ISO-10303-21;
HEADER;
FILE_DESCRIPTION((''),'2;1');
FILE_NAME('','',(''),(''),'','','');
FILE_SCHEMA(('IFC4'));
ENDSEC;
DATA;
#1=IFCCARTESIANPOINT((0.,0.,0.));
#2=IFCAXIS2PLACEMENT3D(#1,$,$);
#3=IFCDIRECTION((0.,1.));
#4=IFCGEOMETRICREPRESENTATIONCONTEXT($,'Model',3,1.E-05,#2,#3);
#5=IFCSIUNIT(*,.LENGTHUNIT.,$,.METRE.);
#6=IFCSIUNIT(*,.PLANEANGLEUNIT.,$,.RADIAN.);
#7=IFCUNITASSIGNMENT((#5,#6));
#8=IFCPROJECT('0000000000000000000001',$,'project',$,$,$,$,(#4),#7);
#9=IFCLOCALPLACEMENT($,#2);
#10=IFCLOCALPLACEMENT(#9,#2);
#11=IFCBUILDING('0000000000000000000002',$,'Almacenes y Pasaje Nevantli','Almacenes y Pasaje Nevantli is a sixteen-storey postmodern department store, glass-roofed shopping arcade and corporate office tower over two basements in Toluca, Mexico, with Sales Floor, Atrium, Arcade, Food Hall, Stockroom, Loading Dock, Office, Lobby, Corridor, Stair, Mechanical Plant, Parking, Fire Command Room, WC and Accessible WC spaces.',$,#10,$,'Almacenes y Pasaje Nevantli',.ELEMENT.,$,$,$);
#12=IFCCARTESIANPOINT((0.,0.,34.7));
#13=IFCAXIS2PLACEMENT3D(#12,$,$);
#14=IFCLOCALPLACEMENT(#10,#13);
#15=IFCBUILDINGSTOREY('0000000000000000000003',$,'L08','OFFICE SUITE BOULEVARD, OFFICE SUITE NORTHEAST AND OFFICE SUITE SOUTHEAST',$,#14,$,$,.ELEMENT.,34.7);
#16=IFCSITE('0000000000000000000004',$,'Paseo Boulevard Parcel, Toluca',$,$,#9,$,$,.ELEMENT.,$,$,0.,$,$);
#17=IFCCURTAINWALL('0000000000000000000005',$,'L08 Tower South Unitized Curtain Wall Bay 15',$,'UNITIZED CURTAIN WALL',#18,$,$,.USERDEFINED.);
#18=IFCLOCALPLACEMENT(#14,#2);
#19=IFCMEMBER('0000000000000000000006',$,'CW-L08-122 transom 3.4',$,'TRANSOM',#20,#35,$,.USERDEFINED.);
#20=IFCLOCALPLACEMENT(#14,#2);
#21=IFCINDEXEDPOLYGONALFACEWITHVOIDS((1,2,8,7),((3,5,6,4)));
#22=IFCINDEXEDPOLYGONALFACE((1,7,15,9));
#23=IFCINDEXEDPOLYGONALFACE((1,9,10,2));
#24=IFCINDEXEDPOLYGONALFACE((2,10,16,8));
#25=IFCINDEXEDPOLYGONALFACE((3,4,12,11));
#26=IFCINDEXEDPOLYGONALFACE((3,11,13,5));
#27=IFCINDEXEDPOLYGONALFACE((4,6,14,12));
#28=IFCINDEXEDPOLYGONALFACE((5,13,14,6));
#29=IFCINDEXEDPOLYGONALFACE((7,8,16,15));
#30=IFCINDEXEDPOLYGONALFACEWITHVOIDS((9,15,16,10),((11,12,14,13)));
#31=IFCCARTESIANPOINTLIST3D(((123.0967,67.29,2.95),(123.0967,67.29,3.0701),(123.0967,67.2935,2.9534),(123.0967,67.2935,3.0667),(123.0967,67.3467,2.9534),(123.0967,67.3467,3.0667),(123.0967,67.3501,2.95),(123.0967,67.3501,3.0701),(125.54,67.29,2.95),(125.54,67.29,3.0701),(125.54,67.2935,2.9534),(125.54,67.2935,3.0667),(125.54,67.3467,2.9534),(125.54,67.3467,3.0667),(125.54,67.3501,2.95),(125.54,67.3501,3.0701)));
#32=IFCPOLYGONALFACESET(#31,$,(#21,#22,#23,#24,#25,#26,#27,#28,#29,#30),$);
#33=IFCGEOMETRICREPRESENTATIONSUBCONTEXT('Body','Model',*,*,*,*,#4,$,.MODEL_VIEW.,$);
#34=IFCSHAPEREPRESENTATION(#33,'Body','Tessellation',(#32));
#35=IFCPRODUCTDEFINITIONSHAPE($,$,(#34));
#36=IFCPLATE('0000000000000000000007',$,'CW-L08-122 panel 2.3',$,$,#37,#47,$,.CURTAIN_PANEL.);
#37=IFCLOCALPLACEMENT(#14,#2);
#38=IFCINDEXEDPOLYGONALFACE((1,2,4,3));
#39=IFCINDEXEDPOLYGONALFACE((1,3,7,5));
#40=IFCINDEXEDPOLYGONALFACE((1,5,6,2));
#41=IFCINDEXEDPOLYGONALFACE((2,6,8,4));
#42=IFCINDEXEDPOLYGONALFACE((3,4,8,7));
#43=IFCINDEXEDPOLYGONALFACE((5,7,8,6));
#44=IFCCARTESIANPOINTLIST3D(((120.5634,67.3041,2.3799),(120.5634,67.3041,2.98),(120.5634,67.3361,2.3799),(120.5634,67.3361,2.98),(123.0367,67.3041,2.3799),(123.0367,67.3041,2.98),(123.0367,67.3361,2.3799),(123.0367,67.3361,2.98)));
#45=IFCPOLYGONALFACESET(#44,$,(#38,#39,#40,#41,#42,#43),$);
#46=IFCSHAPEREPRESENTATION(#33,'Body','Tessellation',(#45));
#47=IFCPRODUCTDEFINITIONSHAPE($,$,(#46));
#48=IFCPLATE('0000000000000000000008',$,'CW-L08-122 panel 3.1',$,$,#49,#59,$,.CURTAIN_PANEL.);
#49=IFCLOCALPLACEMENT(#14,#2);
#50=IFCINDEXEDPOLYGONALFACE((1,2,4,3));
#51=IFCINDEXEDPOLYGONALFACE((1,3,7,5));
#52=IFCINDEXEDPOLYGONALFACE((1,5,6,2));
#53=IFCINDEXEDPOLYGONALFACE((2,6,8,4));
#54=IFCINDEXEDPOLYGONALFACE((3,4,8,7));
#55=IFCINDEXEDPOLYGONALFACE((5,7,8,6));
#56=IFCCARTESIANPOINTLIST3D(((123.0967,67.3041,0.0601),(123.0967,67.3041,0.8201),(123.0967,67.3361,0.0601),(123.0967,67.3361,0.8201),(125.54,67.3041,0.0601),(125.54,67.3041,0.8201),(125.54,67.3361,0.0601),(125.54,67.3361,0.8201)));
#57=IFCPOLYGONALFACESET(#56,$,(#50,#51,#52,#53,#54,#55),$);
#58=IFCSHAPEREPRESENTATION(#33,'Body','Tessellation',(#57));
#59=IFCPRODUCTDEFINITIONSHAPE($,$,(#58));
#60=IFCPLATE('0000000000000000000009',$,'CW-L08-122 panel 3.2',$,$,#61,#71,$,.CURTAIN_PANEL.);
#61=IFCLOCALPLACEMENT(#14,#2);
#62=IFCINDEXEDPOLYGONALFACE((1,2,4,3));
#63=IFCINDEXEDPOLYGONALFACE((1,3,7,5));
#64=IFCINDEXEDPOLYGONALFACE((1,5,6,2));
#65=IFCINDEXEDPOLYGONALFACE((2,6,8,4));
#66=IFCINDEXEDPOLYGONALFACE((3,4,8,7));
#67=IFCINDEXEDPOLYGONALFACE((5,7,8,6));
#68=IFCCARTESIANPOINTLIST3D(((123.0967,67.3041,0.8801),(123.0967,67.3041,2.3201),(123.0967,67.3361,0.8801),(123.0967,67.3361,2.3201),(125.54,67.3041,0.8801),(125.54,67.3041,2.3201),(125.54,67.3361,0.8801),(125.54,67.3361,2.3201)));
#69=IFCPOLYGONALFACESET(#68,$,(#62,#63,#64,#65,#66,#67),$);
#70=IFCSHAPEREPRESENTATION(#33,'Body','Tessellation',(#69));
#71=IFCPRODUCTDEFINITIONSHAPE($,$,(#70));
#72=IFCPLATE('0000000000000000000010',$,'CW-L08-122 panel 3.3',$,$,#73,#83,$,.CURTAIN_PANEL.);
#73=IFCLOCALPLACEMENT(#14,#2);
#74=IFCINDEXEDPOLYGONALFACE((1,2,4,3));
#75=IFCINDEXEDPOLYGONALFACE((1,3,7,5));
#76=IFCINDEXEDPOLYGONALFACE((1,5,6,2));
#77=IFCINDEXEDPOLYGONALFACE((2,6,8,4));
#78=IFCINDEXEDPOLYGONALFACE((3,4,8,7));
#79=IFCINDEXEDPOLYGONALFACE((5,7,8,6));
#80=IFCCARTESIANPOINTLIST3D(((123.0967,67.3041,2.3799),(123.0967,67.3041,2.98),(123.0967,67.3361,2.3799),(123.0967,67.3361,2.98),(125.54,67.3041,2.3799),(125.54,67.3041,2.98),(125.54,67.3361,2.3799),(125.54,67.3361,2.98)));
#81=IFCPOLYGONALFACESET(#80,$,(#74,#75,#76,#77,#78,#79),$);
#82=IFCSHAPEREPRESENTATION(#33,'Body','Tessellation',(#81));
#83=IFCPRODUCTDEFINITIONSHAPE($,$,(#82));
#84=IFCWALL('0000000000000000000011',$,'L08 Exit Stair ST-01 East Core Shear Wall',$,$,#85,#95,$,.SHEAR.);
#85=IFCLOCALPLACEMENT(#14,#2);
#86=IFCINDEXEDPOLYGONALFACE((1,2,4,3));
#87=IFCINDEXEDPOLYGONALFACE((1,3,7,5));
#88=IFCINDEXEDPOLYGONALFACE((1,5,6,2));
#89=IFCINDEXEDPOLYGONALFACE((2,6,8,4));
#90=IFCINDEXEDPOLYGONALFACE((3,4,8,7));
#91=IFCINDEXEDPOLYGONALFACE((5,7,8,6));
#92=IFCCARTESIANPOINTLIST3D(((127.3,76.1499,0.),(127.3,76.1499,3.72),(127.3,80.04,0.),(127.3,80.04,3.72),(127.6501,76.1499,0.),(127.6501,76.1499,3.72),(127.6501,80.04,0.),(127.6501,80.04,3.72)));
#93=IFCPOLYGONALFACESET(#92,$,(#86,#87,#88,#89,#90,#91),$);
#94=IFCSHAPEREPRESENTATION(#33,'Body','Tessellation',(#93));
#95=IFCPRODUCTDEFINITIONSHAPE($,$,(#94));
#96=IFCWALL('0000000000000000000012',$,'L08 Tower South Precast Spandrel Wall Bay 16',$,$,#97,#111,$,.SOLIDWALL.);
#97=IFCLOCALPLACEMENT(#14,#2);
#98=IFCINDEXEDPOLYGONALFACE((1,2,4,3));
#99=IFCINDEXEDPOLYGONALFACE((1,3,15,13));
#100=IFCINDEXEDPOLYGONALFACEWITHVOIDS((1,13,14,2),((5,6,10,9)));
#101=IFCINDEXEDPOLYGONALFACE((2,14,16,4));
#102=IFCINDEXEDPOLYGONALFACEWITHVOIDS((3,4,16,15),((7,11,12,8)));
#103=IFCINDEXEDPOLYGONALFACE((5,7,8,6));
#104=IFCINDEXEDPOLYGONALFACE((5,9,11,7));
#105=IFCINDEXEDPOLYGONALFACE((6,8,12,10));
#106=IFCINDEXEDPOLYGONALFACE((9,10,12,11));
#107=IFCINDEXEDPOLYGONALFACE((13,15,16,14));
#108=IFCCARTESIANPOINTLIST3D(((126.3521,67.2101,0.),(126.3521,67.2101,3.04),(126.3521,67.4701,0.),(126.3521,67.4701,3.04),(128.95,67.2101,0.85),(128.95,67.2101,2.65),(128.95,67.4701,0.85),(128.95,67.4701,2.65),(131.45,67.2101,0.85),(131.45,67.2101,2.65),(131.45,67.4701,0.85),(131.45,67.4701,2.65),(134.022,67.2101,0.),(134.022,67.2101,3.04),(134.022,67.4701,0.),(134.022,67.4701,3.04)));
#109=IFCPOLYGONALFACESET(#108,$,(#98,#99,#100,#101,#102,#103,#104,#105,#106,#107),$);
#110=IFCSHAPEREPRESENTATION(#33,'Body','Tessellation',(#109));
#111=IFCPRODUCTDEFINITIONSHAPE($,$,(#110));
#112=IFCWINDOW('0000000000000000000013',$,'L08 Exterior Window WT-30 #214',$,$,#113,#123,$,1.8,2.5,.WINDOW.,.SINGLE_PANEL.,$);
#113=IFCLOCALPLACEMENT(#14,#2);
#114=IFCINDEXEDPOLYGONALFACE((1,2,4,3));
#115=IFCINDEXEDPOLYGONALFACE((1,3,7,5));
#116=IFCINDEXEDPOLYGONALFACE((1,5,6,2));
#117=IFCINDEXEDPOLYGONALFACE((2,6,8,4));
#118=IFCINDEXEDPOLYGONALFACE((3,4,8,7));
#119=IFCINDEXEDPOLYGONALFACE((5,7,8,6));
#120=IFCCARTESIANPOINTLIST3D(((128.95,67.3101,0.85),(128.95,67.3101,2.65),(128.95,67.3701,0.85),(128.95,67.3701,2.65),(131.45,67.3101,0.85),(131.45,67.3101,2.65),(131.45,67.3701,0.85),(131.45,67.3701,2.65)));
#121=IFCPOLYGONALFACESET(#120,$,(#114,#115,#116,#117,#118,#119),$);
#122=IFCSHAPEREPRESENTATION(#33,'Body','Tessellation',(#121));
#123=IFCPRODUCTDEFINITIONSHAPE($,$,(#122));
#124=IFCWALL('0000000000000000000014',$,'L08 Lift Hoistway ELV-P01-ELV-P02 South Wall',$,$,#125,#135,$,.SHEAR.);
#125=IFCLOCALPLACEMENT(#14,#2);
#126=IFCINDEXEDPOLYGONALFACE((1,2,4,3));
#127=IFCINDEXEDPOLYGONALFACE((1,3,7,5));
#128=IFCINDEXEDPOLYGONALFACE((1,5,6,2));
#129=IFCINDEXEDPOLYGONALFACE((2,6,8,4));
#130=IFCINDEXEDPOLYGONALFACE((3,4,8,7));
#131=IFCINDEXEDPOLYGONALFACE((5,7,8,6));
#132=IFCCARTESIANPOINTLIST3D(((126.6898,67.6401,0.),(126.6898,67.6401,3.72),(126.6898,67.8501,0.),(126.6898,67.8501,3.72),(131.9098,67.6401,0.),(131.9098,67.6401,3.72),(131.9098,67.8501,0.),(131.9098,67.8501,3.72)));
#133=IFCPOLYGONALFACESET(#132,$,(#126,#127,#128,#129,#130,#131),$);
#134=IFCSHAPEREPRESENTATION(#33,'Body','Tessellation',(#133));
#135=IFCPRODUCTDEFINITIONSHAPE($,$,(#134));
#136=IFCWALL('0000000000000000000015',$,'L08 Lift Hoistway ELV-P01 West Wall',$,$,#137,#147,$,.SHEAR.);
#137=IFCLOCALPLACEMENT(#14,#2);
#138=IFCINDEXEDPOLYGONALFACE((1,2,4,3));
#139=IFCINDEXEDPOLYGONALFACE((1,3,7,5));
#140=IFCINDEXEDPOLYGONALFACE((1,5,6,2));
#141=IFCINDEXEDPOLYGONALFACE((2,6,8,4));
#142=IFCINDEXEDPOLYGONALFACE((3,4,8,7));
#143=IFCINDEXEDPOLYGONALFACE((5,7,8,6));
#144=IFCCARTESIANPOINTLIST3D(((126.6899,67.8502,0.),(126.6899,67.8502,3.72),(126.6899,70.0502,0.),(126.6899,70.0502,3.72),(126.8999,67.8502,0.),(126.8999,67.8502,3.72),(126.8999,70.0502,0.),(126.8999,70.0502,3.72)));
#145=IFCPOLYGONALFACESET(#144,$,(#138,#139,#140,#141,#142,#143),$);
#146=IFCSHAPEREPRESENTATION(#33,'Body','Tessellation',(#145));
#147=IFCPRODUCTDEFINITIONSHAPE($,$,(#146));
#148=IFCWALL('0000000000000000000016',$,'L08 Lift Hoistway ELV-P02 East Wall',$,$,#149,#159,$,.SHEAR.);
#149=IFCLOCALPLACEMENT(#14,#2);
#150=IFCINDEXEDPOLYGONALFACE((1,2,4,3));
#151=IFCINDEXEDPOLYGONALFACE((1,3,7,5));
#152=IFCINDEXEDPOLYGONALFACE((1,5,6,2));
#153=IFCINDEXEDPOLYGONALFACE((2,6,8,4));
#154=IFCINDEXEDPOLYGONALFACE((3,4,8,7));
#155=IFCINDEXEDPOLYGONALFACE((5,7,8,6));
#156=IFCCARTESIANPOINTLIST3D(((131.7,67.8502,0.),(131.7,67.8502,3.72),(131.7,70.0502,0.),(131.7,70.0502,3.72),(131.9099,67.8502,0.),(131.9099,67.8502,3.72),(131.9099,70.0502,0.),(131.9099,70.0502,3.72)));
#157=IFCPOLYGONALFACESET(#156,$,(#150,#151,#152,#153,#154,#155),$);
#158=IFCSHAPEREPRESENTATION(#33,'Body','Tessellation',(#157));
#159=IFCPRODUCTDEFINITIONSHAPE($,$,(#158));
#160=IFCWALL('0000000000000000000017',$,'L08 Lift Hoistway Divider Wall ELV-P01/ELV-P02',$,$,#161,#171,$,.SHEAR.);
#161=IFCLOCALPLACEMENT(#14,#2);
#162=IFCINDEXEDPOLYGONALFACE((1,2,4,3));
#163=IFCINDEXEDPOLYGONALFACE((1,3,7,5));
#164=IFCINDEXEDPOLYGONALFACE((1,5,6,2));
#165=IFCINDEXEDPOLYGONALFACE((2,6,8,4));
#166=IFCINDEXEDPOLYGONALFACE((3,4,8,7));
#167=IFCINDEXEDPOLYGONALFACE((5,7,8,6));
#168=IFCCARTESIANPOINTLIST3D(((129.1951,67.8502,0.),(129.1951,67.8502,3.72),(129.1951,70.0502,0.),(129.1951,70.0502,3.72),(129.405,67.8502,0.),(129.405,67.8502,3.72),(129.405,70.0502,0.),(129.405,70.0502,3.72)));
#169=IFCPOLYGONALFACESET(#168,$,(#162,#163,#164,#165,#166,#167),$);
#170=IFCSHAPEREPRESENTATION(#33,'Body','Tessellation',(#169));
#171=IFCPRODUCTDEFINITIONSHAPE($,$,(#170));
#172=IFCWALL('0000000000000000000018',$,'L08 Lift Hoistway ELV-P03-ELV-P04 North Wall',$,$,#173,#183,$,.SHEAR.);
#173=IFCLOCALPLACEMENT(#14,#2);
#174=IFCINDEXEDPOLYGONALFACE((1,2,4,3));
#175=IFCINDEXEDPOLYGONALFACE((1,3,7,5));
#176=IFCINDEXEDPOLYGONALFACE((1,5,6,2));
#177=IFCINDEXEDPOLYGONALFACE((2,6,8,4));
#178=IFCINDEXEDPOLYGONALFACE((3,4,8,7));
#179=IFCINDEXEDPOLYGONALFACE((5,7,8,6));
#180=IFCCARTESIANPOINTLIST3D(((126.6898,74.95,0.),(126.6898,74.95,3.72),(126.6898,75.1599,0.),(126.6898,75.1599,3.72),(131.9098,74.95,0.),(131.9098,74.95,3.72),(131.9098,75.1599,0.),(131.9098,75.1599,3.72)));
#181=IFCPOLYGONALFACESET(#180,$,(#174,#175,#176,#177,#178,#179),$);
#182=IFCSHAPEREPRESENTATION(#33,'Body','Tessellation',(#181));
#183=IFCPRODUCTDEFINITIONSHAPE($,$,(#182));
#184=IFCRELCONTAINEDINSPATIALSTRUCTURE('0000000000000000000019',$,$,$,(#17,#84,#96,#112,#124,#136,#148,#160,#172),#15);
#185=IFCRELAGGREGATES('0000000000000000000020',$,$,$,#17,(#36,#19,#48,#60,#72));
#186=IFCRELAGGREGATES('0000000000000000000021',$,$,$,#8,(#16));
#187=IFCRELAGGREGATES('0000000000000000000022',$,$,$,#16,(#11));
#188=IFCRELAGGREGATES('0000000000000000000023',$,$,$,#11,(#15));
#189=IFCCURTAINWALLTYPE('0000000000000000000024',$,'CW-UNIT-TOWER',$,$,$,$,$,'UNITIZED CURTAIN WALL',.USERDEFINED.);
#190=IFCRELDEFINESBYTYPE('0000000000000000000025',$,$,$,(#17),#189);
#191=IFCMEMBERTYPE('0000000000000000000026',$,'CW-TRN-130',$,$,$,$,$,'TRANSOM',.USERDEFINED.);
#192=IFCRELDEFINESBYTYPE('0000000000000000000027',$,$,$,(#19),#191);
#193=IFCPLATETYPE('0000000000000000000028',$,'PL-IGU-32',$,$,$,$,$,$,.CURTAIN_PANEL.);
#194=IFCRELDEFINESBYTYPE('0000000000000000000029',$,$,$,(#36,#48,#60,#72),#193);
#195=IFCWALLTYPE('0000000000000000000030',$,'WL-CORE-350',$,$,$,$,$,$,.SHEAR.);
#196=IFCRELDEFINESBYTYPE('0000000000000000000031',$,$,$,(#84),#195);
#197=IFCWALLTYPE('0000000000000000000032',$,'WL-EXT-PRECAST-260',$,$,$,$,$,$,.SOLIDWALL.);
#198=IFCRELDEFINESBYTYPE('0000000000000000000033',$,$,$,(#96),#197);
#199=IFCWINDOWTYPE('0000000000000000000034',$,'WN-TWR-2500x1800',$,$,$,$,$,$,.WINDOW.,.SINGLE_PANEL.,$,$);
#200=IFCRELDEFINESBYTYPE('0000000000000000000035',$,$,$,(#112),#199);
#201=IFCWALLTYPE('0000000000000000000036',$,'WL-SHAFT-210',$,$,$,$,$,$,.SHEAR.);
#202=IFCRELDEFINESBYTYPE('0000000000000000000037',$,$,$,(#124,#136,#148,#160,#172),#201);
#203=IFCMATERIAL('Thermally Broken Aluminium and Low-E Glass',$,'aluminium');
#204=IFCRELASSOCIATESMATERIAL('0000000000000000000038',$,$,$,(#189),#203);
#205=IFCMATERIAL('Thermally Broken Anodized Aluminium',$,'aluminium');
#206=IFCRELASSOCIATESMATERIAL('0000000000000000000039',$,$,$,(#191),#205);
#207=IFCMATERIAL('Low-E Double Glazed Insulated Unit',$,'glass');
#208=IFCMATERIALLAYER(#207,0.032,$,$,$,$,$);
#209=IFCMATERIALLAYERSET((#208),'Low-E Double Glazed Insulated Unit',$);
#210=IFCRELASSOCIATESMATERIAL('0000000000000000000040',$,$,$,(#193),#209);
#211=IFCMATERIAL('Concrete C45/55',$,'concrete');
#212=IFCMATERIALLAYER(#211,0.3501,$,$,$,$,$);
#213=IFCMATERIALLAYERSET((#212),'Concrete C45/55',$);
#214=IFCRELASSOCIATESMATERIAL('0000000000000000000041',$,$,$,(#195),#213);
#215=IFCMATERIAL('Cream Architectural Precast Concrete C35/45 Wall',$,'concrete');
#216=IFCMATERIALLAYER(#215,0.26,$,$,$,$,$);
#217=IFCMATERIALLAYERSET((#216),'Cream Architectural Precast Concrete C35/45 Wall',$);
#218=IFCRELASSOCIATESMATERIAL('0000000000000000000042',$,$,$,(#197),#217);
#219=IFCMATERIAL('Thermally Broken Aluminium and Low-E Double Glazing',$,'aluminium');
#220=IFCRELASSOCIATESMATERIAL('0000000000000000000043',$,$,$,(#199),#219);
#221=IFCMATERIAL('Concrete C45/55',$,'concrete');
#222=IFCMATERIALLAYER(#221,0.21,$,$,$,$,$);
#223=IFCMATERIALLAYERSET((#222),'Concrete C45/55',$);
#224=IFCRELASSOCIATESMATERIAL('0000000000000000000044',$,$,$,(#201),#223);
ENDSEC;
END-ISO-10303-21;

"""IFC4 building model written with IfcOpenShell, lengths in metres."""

from ifc_helpers import new_model, si_unit, direction, frame, frame_2d, origin, origin_2d, place, context, subcontext, project, spatial, rectangle, hollow_rectangle, extrude, material, layer, layer_set, material_profile, profile_set, type_object, element, fill, aggregate, save


model = new_model("IFC4")

# Units and contexts
model_context = context("Model", 3, precision=1e-05, world=origin(), true_north=direction((0.0, 1.0)))
body_context = subcontext(model_context, "Body", "Model", "MODEL_VIEW")
ifc_project = project(units=[si_unit("LENGTHUNIT", "METRE"), si_unit("PLANEANGLEUNIT", "RADIAN")], contexts=[model_context])

# Site, building, storey
site_placement = place(None, origin())
site = spatial("IfcSite", under=ifc_project, at=site_placement, Name="Paseo Boulevard Parcel, Toluca", CompositionType="ELEMENT", RefElevation=0.0)
building_placement = place(site_placement, origin())
building = spatial("IfcBuilding", under=site, at=building_placement, Name="Almacenes y Pasaje Nevantli", Description="Almacenes y Pasaje Nevantli is a sixteen-storey postmodern department store, glass-roofed shopping arcade and corporate office tower over two basements in Toluca, Mexico, with Sales Floor, Atrium, Arcade, Food Hall, Stockroom, Loading Dock, Office, Lobby, Corridor, Stair, Mechanical Plant, Parking, Fire Command Room, WC and Accessible WC spaces.", LongName="Almacenes y Pasaje Nevantli", CompositionType="ELEMENT")
storey_placement = place(building_placement, frame((0.0, 0.0, 34.7)))
storey = spatial("IfcBuildingStorey", under=building, at=storey_placement, Name="L08", Description="OFFICE SUITE BOULEVARD, OFFICE SUITE NORTHEAST AND OFFICE SUITE SOUTHEAST", CompositionType="ELEMENT", Elevation=34.7)

# Curtain wall, member, plates
ifc_material_1 = material(Name="Thermally Broken Aluminium and Low-E Glass", Category="aluminium")
curtain_wall_type = type_object("IfcCurtainWallType", Name="CW-UNIT-TOWER", ElementType="UNITIZED CURTAIN WALL", PredefinedType="USERDEFINED", material=ifc_material_1)
curtain_wall_placement = place(storey_placement, origin())
curtain_wall = element("IfcCurtainWall", 1, at=curtain_wall_placement, inside=storey, type_object=curtain_wall_type, Name="L08 Tower South Unitized Curtain Wall Bay 15", ObjectType="UNITIZED CURTAIN WALL", PredefinedType="USERDEFINED")
ifc_material_2 = material(Name="Thermally Broken Anodized Aluminium", Category="aluminium")
ifc_material_profile_1 = material_profile(ifc_material_2, hollow_rectangle(XDim=0.0601, YDim=0.1201, WallThickness=0.0034, at=origin_2d()), Name="ALU-TRN-60x120")
ifc_profile_set_1 = profile_set([ifc_material_profile_1], Name="Thermally Broken Anodized Aluminium")
member_type_1 = type_object("IfcMemberType", Name="CW-TRN-130", ElementType="TRANSOM", PredefinedType="USERDEFINED", material=ifc_profile_set_1)
member_1_placement = place(storey_placement, frame((123.0967, 67.3201, 3.01), z_axis=(1.0, 0.0, 0.0), x_axis=(0.0, 1.0, 0.0)))
member_1 = element("IfcMember", 2, at=member_1_placement, type_object=member_type_1, Name="CW-L08-122 transom 3.4", ObjectType="TRANSOM", PredefinedType="USERDEFINED", context=body_context, shape_type="SweptSolid", body=[
    extrude(hollow_rectangle(XDim=0.0601, YDim=0.1201, WallThickness=0.0034, at=origin_2d()), origin(), (0.0, 0.0, 1.0), 2.4434),
])
ifc_material_3 = material(Name="Low-E Double Glazed Insulated Unit", Category="glass")
ifc_layer_1 = layer(ifc_material_3, 0.032)
ifc_layer_set_1 = layer_set([ifc_layer_1], Name="Low-E Double Glazed Insulated Unit")
plate_type = type_object("IfcPlateType", Name="PL-IGU-32", PredefinedType="CURTAIN_PANEL", material=ifc_layer_set_1)
plate_1_placement = place(storey_placement, frame((121.8, 67.3201, 2.3799), z_axis=(0.0, 0.0, 1.0), x_axis=(1.0, 0.0, 0.0)))
plate_1 = element("IfcPlate", 3, at=plate_1_placement, type_object=plate_type, Name="CW-L08-122 panel 2.3", PredefinedType="CURTAIN_PANEL", context=body_context, shape_type="SweptSolid", body=[
    extrude(rectangle(XDim=2.4734, YDim=0.032, at=origin_2d()), origin(), (0.0, 0.0, 1.0), 0.6001),
])
plate_2_placement = place(storey_placement, frame((124.3184, 67.3201, 0.0601), z_axis=(0.0, 0.0, 1.0), x_axis=(1.0, 0.0, 0.0)))
plate_2 = element("IfcPlate", 4, at=plate_2_placement, type_object=plate_type, Name="CW-L08-122 panel 3.1", PredefinedType="CURTAIN_PANEL", context=body_context, shape_type="SweptSolid", body=[
    extrude(rectangle(XDim=2.4434, YDim=0.032, at=origin_2d()), origin(), (0.0, 0.0, 1.0), 0.76),
])
plate_3_placement = place(storey_placement, frame((124.3184, 67.3201, 0.8801), z_axis=(0.0, 0.0, 1.0), x_axis=(1.0, 0.0, 0.0)))
plate_3 = element("IfcPlate", 5, at=plate_3_placement, type_object=plate_type, Name="CW-L08-122 panel 3.2", PredefinedType="CURTAIN_PANEL", context=body_context, shape_type="SweptSolid", body=[
    extrude(rectangle(XDim=2.4434, YDim=0.032, at=origin_2d()), origin(), (0.0, 0.0, 1.0), 1.4399),
])
plate_4_placement = place(storey_placement, frame((124.3184, 67.3201, 2.3799), z_axis=(0.0, 0.0, 1.0), x_axis=(1.0, 0.0, 0.0)))
plate_4 = element("IfcPlate", 6, at=plate_4_placement, type_object=plate_type, Name="CW-L08-122 panel 3.3", PredefinedType="CURTAIN_PANEL", context=body_context, shape_type="SweptSolid", body=[
    extrude(rectangle(XDim=2.4434, YDim=0.032, at=origin_2d()), origin(), (0.0, 0.0, 1.0), 0.6001),
])
aggregate(curtain_wall, [plate_1, member_1, plate_2, plate_3, plate_4])

# Wall
ifc_material_4 = material(Name="Concrete C45/55", Category="concrete")
ifc_layer_2 = layer(ifc_material_4, 0.3501)
ifc_layer_set_2 = layer_set([ifc_layer_2], Name="Concrete C45/55")
wall_type_1 = type_object("IfcWallType", Name="WL-CORE-350", PredefinedType="SHEAR", material=ifc_layer_set_2)
wall_1_placement = place(storey_placement, frame((127.4751, 76.1499, 0.0), z_axis=(0.0, 0.0, 1.0), x_axis=(0.0, 1.0, 0.0)))
element("IfcWall", 7, at=wall_1_placement, inside=storey, type_object=wall_type_1, Name="L08 Exit Stair ST-01 East Core Shear Wall", PredefinedType="SHEAR", context=body_context, shape_type="SweptSolid", body=[
    extrude(rectangle(XDim=3.8901, YDim=0.3501, at=frame_2d((1.9451, 0.0))), origin(), (0.0, 0.0, 1.0), 3.72),
])

# Wall, opening, window
ifc_material_5 = material(Name="Cream Architectural Precast Concrete C35/45 Wall", Category="concrete")
ifc_layer_3 = layer(ifc_material_5, 0.26)
ifc_layer_set_3 = layer_set([ifc_layer_3], Name="Cream Architectural Precast Concrete C35/45 Wall")
wall_type_2 = type_object("IfcWallType", Name="WL-EXT-PRECAST-260", PredefinedType="SOLIDWALL", material=ifc_layer_set_3)
wall_2_placement = place(storey_placement, frame((126.3521, 67.3401, 0.0), z_axis=(0.0, 0.0, 1.0), x_axis=(1.0, 0.0, 0.0)))
wall_2 = element("IfcWall", 8, at=wall_2_placement, inside=storey, type_object=wall_type_2, Name="L08 Tower South Precast Spandrel Wall Bay 16", PredefinedType="SOLIDWALL", context=body_context, shape_type="SweptSolid", body=[
    extrude(rectangle(XDim=7.6699, YDim=0.26, at=frame_2d((3.835, 0.0))), origin(), (0.0, 0.0, 1.0), 3.04),
])
opening_1_placement = place(wall_2_placement, frame((2.5979, 0.0, 0.8501)))
opening_1 = element("IfcOpeningElement", 9, at=opening_1_placement, cuts=wall_2, PredefinedType="OPENING", context=body_context, shape_type="SweptSolid", body=[
    extrude(rectangle(XDim=2.5, YDim=1.8, at=frame_2d((1.25, 0.8999))), frame((0.0, 0.1399, 0.0), z_axis=(0.0, -1.0, 0.0), x_axis=(1.0, 0.0, 0.0)), (0.0, 0.0, 1.0), 0.28),
])
ifc_material_6 = material(Name="Thermally Broken Aluminium and Low-E Double Glazing", Category="aluminium")
window_type = type_object("IfcWindowType", Name="WN-TWR-2500x1800", PartitioningType="SINGLE_PANEL", PredefinedType="WINDOW", material=ifc_material_6)
window_placement = place(opening_1_placement, origin())
window = element("IfcWindow", 10, at=window_placement, inside=storey, type_object=window_type, Name="L08 Exterior Window WT-30 #214", OverallHeight=1.8, OverallWidth=2.5, PartitioningType="SINGLE_PANEL", PredefinedType="WINDOW", context=body_context, shape_type="SweptSolid", body=[
    extrude(rectangle(XDim=2.5, YDim=1.8, at=frame_2d((1.25, 0.8999))), frame((0.0, 0.03, 0.0), z_axis=(0.0, -1.0, 0.0), x_axis=(1.0, 0.0, 0.0)), (0.0, 0.0, 1.0), 0.0601),
])
fill(opening_1, window)

# Wall
ifc_material_7 = material(Name="Concrete C45/55", Category="concrete")
ifc_layer_4 = layer(ifc_material_7, 0.21)
ifc_layer_set_4 = layer_set([ifc_layer_4], Name="Concrete C45/55")
wall_type_3 = type_object("IfcWallType", Name="WL-SHAFT-210", PredefinedType="SHEAR", material=ifc_layer_set_4)
wall_3_placement = place(storey_placement, frame((126.6899, 67.7451, 0.0), z_axis=(0.0, 0.0, 1.0), x_axis=(1.0, 0.0, 0.0)))
element("IfcWall", 11, at=wall_3_placement, inside=storey, type_object=wall_type_3, Name="L08 Lift Hoistway ELV-P01-ELV-P02 South Wall", PredefinedType="SHEAR", context=body_context, shape_type="SweptSolid", body=[
    extrude(rectangle(XDim=5.22, YDim=0.21, at=frame_2d((2.6099, 0.0))), origin(), (0.0, 0.0, 1.0), 3.72),
])

# Walls
for number, where, z_axis, x_axis, name in (
    (12, (126.7949, 67.8501, 0.0), (0.0, 0.0, 1.0), (0.0, 1.0, 0.0), "L08 Lift Hoistway ELV-P01 West Wall"),
    (13, (131.8049, 67.8501, 0.0), (0.0, 0.0, 1.0), (0.0, 1.0, 0.0), "L08 Lift Hoistway ELV-P02 East Wall"),
    (14, (129.3, 67.8501, 0.0), (0.0, 0.0, 1.0), (0.0, 1.0, 0.0), "L08 Lift Hoistway Divider Wall ELV-P01/ELV-P02"),
):
    element("IfcWall", number, at=place(storey_placement, frame(where, z_axis=z_axis, x_axis=x_axis)), inside=storey, type_object=wall_type_3, Name=name, PredefinedType="SHEAR", context=body_context, shape_type="SweptSolid", body=[
        extrude(rectangle(XDim=2.2, YDim=0.21, at=frame_2d((1.1001, 0.0))), origin(), (0.0, 0.0, 1.0), 3.72),
    ])

# Wall
wall_4_placement = place(storey_placement, frame((126.6899, 75.0549, 0.0), z_axis=(0.0, 0.0, 1.0), x_axis=(1.0, 0.0, 0.0)))
element("IfcWall", 15, at=wall_4_placement, inside=storey, type_object=wall_type_3, Name="L08 Lift Hoistway ELV-P03-ELV-P04 North Wall", PredefinedType="SHEAR", context=body_context, shape_type="SweptSolid", body=[
    extrude(rectangle(XDim=5.22, YDim=0.21, at=frame_2d((2.6099, 0.0))), origin(), (0.0, 0.0, 1.0), 3.72),
])

save(model, "model.ifc")
